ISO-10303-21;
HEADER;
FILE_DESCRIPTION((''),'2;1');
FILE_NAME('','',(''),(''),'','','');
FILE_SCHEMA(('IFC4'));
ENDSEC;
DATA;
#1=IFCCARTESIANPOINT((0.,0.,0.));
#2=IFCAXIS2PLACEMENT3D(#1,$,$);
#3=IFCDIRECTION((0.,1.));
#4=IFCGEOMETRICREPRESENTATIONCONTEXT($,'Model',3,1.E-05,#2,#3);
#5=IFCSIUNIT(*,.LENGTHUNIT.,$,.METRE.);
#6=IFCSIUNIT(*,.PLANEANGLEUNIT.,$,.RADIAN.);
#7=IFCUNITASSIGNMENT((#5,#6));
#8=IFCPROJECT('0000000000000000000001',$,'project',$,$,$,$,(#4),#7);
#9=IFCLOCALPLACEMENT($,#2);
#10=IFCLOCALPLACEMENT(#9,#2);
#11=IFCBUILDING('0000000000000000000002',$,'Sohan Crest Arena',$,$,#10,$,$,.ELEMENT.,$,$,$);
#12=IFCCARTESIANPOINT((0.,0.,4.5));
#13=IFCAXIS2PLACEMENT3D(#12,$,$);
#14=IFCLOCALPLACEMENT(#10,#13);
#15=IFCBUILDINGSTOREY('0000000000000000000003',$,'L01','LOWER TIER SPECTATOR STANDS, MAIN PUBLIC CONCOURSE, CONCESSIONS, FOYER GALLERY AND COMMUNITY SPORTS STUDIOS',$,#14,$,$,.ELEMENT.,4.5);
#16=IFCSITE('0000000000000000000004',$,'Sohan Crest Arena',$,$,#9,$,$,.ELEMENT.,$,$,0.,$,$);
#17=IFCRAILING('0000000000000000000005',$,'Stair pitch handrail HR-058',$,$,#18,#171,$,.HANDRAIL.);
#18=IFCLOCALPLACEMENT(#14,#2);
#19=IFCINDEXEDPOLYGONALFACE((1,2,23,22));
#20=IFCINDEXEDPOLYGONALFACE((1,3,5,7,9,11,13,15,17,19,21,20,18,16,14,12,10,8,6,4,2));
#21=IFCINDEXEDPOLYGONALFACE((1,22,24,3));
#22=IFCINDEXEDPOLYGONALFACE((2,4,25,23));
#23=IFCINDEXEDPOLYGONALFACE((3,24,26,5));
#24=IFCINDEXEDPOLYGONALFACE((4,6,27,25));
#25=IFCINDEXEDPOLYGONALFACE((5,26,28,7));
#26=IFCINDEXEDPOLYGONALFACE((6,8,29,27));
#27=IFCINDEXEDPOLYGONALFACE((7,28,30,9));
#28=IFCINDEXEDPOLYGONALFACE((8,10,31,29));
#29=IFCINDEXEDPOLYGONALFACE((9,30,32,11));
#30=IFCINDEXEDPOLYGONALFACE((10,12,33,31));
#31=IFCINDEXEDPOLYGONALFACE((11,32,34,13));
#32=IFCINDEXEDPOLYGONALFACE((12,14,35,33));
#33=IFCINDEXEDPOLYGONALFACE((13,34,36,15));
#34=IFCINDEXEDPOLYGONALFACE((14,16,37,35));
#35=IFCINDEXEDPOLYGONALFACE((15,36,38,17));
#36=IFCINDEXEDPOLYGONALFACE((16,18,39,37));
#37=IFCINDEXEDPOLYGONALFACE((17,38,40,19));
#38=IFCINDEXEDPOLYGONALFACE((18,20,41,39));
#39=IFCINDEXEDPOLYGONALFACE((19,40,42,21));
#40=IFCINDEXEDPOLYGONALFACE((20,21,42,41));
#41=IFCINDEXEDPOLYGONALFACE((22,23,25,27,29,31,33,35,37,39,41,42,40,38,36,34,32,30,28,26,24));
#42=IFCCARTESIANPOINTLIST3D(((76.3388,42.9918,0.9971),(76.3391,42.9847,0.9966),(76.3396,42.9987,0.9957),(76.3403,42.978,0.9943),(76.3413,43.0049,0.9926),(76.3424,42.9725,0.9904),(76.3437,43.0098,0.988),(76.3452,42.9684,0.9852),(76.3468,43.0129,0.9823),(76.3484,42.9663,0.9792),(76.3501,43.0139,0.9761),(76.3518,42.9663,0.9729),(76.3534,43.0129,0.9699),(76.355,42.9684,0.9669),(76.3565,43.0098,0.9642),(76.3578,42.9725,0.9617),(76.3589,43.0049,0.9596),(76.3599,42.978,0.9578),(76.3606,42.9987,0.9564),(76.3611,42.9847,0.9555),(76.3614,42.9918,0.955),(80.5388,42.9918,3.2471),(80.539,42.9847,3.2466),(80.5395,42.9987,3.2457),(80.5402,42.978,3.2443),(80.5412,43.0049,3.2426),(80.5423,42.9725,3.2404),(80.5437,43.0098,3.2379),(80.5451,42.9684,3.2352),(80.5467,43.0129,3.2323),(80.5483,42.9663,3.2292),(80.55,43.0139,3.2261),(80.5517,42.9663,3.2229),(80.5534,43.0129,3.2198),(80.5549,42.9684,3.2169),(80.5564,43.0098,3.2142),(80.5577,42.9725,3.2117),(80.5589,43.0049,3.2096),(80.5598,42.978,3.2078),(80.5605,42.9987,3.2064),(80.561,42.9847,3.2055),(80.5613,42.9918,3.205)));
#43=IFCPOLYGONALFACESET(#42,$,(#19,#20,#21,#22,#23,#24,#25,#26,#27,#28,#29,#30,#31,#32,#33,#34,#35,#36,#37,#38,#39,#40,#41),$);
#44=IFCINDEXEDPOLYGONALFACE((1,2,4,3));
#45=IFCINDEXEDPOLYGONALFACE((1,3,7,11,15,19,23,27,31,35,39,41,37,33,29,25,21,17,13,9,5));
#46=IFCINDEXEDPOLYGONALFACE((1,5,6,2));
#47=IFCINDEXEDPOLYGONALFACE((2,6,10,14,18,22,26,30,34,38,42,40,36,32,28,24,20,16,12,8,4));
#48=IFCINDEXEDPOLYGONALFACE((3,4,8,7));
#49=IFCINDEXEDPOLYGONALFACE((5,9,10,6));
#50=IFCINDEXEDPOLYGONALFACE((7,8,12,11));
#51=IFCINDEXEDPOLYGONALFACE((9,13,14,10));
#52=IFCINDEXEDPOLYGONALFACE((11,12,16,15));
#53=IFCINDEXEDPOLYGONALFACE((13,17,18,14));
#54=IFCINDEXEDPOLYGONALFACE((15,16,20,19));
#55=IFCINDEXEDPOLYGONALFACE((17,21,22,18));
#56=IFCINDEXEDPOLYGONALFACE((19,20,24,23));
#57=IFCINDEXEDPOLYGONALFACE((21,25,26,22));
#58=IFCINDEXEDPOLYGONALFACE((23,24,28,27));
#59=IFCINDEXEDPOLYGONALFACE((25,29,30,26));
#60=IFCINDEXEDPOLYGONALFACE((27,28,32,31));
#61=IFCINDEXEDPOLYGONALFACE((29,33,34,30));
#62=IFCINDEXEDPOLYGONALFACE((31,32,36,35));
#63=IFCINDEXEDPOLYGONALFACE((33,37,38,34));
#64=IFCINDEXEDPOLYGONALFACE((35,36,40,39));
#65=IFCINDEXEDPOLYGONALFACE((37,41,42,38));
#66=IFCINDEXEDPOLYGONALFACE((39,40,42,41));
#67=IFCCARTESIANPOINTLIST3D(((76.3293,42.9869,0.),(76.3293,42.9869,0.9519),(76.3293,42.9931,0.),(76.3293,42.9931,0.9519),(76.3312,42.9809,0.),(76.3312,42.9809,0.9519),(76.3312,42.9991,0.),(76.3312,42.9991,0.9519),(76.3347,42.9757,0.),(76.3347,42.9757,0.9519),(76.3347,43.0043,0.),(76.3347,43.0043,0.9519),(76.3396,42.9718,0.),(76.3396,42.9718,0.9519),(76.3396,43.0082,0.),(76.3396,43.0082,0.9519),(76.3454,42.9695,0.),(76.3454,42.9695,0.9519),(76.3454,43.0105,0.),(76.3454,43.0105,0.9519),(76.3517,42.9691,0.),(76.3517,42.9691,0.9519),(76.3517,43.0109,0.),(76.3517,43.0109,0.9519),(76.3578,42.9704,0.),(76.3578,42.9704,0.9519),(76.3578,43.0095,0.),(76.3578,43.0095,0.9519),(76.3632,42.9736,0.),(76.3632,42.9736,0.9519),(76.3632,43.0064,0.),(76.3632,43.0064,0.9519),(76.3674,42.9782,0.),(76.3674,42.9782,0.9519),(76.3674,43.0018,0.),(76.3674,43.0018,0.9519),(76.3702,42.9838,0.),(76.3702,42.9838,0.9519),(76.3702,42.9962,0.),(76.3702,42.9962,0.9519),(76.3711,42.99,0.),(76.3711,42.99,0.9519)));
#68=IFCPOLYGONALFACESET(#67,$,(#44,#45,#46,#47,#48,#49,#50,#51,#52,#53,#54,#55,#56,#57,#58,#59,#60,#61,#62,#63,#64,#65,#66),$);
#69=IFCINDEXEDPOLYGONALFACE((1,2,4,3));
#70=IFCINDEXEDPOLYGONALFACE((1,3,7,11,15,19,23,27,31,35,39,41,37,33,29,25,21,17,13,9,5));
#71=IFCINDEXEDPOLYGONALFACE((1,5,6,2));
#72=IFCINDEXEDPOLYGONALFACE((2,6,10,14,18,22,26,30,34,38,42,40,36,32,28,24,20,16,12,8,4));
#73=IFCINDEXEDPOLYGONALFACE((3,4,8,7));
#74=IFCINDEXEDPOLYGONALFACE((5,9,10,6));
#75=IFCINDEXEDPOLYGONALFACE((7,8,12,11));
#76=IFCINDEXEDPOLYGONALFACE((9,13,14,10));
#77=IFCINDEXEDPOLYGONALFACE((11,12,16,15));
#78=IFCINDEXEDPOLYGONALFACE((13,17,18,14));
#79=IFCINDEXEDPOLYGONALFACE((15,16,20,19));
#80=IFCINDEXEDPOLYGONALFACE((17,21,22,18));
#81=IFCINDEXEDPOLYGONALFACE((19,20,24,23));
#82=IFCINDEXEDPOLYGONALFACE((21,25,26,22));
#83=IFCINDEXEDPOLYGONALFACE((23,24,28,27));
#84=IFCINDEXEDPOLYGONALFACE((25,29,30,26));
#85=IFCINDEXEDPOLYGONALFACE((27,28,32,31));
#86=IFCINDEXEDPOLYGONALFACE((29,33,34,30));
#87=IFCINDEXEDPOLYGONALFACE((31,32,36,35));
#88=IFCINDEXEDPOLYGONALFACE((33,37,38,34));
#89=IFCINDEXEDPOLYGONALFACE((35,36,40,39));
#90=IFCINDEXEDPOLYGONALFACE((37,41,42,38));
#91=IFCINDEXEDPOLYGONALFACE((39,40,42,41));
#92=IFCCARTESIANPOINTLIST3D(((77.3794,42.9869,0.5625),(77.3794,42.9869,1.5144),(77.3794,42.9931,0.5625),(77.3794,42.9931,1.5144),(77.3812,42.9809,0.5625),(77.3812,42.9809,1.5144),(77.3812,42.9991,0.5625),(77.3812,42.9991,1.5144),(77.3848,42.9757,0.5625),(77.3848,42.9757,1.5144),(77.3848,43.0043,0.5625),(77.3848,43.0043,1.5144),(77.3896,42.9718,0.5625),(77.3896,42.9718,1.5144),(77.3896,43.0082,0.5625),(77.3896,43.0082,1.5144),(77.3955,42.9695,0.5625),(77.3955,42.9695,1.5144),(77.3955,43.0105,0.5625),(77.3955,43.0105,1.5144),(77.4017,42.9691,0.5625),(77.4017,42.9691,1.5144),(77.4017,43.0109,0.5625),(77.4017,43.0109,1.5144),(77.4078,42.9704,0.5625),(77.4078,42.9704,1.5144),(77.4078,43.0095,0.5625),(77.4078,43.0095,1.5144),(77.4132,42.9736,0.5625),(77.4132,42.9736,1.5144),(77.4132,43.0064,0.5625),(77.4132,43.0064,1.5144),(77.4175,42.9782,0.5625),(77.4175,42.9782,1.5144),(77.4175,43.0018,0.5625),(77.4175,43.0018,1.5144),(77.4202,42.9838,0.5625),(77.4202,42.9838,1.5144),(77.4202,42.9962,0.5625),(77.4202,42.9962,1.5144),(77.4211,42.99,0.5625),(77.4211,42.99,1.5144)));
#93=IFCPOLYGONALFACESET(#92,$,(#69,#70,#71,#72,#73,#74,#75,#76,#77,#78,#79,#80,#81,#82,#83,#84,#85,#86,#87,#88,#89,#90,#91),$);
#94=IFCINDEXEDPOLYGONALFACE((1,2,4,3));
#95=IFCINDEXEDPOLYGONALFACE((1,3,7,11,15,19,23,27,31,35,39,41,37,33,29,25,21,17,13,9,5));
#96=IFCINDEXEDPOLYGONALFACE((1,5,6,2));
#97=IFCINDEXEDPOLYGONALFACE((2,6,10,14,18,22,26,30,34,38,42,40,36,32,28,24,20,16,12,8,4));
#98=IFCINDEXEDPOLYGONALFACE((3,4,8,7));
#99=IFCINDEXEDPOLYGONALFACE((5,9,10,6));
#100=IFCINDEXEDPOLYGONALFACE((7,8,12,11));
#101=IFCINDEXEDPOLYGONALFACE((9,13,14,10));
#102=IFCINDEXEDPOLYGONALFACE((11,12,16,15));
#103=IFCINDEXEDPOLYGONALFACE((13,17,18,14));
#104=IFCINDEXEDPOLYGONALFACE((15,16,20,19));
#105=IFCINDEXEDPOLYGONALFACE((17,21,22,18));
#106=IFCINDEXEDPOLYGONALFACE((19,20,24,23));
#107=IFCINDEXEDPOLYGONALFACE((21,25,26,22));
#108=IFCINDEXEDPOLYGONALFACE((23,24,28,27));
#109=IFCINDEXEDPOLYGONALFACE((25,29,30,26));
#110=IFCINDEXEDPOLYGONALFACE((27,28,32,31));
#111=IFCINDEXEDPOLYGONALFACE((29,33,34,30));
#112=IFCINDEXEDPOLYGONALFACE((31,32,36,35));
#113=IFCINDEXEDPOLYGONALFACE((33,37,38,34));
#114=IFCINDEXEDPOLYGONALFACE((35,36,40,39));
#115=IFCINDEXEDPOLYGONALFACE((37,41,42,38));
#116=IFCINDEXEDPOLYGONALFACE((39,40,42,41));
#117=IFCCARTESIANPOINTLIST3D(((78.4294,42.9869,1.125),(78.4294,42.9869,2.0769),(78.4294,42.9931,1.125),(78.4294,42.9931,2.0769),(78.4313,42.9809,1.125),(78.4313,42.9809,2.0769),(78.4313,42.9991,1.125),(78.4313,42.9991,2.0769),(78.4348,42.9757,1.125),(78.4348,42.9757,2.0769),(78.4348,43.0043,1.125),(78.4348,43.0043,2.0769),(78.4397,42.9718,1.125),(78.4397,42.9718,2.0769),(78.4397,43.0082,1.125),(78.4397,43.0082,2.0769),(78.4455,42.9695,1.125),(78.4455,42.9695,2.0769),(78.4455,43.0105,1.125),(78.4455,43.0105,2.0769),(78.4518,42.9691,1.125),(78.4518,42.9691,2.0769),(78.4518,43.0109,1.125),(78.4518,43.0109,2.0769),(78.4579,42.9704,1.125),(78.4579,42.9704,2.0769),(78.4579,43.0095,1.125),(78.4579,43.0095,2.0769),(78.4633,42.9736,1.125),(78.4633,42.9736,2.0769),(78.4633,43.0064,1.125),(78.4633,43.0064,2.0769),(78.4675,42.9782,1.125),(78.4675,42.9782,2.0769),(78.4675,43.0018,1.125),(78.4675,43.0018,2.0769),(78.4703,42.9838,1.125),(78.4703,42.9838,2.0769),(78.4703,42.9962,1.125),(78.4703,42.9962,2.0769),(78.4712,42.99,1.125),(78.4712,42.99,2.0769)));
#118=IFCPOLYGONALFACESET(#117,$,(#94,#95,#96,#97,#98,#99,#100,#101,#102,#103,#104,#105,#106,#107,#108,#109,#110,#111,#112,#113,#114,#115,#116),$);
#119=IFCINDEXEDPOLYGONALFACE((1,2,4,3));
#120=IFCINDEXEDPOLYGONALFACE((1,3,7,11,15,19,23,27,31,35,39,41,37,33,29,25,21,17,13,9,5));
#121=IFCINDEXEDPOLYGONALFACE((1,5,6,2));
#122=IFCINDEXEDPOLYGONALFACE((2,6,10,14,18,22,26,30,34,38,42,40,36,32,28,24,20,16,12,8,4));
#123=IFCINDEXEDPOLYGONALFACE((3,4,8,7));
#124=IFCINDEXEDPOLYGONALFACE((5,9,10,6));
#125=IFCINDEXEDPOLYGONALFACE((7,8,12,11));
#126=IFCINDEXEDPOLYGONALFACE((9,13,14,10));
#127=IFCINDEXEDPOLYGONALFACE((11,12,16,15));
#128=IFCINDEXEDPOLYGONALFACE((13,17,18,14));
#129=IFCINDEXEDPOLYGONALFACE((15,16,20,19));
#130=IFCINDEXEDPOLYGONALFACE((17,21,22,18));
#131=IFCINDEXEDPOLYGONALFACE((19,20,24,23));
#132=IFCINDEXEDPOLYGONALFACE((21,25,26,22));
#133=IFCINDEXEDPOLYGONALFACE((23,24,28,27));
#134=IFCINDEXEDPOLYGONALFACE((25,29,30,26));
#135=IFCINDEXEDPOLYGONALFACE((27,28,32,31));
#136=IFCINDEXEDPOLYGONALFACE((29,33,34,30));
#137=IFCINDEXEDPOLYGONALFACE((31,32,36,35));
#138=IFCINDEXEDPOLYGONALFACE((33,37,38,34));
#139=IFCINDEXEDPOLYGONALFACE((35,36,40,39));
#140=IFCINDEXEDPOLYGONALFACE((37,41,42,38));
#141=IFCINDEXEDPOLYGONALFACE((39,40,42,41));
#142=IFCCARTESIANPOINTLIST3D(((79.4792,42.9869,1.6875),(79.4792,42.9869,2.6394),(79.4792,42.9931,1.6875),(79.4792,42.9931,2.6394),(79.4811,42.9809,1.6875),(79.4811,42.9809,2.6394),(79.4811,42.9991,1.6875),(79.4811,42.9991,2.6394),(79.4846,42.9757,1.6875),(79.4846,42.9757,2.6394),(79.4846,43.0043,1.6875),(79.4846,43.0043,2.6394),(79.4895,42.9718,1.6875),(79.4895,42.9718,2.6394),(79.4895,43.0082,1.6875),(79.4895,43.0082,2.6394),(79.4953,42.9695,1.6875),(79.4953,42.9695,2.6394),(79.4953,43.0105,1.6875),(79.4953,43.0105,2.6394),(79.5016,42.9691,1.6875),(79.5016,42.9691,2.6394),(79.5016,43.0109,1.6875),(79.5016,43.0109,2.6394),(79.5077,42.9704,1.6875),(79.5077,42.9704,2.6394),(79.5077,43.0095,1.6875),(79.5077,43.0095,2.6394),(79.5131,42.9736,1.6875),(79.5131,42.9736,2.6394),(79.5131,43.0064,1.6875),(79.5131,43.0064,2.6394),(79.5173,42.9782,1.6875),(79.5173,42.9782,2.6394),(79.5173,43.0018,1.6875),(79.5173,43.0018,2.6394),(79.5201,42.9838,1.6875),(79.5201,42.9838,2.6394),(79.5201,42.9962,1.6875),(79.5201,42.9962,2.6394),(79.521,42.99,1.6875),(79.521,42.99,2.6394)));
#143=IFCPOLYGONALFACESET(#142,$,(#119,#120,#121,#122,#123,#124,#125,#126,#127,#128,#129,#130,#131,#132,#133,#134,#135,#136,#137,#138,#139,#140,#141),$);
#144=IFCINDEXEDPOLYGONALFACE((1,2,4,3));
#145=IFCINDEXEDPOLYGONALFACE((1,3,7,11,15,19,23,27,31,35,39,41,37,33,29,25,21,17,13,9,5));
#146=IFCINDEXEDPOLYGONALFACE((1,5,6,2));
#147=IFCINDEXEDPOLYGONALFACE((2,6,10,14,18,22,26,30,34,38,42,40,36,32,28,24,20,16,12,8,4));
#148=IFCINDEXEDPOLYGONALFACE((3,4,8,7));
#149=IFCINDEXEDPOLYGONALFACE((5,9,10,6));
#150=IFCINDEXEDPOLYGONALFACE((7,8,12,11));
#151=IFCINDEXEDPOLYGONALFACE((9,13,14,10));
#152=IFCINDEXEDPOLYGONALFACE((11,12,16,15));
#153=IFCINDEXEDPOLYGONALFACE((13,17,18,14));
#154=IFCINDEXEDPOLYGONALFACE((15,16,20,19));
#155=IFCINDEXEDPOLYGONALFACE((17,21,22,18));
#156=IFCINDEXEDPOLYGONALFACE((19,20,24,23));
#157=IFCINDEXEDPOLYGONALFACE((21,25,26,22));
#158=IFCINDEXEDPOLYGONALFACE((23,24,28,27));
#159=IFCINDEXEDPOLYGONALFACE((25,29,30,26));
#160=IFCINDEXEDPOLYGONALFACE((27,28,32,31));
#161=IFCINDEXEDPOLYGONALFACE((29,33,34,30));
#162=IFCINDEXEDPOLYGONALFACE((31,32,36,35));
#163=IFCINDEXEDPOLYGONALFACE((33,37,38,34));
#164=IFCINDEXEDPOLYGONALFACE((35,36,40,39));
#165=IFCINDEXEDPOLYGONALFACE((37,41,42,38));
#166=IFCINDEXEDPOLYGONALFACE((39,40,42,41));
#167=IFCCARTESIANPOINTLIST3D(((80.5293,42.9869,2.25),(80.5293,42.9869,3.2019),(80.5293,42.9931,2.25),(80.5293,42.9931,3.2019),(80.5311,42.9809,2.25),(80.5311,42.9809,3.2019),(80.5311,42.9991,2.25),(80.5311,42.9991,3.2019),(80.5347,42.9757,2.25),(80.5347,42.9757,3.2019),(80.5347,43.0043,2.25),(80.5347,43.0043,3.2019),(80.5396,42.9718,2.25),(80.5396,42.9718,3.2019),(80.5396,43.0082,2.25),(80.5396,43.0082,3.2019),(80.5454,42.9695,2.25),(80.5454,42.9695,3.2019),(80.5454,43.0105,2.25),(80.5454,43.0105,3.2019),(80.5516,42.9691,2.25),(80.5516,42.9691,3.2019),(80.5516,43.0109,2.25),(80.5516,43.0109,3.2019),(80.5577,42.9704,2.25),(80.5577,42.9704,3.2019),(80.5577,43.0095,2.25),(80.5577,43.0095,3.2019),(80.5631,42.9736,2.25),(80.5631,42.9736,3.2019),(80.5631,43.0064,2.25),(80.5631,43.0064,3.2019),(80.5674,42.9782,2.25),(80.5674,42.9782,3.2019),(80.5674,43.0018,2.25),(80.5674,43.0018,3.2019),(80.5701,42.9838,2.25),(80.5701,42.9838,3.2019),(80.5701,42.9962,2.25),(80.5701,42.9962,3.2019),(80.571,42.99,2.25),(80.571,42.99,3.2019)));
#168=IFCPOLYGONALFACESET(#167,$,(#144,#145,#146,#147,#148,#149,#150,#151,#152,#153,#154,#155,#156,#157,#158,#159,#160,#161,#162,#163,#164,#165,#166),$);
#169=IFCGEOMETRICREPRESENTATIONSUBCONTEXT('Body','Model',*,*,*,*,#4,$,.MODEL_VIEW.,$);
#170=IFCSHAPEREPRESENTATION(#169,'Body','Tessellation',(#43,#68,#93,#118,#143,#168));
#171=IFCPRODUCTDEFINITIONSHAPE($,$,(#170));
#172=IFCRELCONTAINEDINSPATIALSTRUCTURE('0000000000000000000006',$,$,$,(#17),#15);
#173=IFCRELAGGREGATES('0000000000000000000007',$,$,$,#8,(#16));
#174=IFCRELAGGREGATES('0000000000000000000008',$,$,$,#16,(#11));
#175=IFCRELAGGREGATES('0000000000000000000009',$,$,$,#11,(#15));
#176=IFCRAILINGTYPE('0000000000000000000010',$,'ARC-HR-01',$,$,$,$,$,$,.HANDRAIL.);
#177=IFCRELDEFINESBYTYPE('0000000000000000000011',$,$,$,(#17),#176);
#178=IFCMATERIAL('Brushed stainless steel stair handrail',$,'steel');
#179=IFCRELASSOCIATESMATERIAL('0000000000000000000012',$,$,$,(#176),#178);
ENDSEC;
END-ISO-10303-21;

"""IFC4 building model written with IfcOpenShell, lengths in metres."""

from ifc_helpers import new_model, si_unit, direction, frame, origin, origin_2d, place, context, subcontext, project, spatial, circle, extrude, material, type_object, element, save


model = new_model("IFC4")

# Units and contexts
model_context = context("Model", 3, precision=1e-05, world=origin(), true_north=direction((0.0, 1.0)))
body_context = subcontext(model_context, "Body", "Model", "MODEL_VIEW")
ifc_project = project(units=[si_unit("LENGTHUNIT", "METRE"), si_unit("PLANEANGLEUNIT", "RADIAN")], contexts=[model_context])

# Site, building, storey
site_placement = place(None, origin())
site = spatial("IfcSite", under=ifc_project, at=site_placement, Name="Sohan Crest Arena", CompositionType="ELEMENT", RefElevation=0.0)
building_placement = place(site_placement, origin())
building = spatial("IfcBuilding", under=site, at=building_placement, Name="Sohan Crest Arena", CompositionType="ELEMENT")
storey_placement = place(building_placement, frame((0.0, 0.0, 4.5)))
storey = spatial("IfcBuildingStorey", under=building, at=storey_placement, Name="L01", Description="LOWER TIER SPECTATOR STANDS, MAIN PUBLIC CONCOURSE, CONCESSIONS, FOYER GALLERY AND COMMUNITY SPORTS STUDIOS", CompositionType="ELEMENT", Elevation=4.5)

# Railing
ifc_material_1 = material(Name="Brushed stainless steel stair handrail", Category="steel")
railing_type_1 = type_object("IfcRailingType", Name="ARC-HR-01", PredefinedType="HANDRAIL", material=ifc_material_1)
for number, where, name in (
    (1, (76.3501, 42.99, 0.0), "Stair pitch handrail HR-058"),
):
    element("IfcRailing", number, at=place(storey_placement, frame(where)), inside=storey, type_object=railing_type_1, Name=name, PredefinedType="HANDRAIL", context=body_context, shape_type="SweptSolid", body=[
        extrude(circle(Radius=0.0239, at=origin_2d()), frame((0.0, 0.0, 0.9761), z_axis=(0.881478, 0.0, 0.472226), x_axis=(0.0, 1.0, 0.0)), (0.0, 0.0, 1.0), 4.7646),
        extrude(circle(Radius=0.021, at=origin_2d()), origin(), (0.0, 0.0, 1.0), 0.9519),
        extrude(circle(Radius=0.021, at=origin_2d()), frame((1.05, 0.0, 0.5625)), (0.0, 0.0, 1.0), 0.9519),
        extrude(circle(Radius=0.021, at=origin_2d()), frame((2.1001, 0.0, 1.125)), (0.0, 0.0, 1.0), 0.9519),
        extrude(circle(Radius=0.021, at=origin_2d()), frame((3.1499, 0.0, 1.6875)), (0.0, 0.0, 1.0), 0.9519),
        extrude(circle(Radius=0.021, at=origin_2d()), frame((4.2, 0.0, 2.25)), (0.0, 0.0, 1.0), 0.9519),
    ])

save(model, "model.ifc")
